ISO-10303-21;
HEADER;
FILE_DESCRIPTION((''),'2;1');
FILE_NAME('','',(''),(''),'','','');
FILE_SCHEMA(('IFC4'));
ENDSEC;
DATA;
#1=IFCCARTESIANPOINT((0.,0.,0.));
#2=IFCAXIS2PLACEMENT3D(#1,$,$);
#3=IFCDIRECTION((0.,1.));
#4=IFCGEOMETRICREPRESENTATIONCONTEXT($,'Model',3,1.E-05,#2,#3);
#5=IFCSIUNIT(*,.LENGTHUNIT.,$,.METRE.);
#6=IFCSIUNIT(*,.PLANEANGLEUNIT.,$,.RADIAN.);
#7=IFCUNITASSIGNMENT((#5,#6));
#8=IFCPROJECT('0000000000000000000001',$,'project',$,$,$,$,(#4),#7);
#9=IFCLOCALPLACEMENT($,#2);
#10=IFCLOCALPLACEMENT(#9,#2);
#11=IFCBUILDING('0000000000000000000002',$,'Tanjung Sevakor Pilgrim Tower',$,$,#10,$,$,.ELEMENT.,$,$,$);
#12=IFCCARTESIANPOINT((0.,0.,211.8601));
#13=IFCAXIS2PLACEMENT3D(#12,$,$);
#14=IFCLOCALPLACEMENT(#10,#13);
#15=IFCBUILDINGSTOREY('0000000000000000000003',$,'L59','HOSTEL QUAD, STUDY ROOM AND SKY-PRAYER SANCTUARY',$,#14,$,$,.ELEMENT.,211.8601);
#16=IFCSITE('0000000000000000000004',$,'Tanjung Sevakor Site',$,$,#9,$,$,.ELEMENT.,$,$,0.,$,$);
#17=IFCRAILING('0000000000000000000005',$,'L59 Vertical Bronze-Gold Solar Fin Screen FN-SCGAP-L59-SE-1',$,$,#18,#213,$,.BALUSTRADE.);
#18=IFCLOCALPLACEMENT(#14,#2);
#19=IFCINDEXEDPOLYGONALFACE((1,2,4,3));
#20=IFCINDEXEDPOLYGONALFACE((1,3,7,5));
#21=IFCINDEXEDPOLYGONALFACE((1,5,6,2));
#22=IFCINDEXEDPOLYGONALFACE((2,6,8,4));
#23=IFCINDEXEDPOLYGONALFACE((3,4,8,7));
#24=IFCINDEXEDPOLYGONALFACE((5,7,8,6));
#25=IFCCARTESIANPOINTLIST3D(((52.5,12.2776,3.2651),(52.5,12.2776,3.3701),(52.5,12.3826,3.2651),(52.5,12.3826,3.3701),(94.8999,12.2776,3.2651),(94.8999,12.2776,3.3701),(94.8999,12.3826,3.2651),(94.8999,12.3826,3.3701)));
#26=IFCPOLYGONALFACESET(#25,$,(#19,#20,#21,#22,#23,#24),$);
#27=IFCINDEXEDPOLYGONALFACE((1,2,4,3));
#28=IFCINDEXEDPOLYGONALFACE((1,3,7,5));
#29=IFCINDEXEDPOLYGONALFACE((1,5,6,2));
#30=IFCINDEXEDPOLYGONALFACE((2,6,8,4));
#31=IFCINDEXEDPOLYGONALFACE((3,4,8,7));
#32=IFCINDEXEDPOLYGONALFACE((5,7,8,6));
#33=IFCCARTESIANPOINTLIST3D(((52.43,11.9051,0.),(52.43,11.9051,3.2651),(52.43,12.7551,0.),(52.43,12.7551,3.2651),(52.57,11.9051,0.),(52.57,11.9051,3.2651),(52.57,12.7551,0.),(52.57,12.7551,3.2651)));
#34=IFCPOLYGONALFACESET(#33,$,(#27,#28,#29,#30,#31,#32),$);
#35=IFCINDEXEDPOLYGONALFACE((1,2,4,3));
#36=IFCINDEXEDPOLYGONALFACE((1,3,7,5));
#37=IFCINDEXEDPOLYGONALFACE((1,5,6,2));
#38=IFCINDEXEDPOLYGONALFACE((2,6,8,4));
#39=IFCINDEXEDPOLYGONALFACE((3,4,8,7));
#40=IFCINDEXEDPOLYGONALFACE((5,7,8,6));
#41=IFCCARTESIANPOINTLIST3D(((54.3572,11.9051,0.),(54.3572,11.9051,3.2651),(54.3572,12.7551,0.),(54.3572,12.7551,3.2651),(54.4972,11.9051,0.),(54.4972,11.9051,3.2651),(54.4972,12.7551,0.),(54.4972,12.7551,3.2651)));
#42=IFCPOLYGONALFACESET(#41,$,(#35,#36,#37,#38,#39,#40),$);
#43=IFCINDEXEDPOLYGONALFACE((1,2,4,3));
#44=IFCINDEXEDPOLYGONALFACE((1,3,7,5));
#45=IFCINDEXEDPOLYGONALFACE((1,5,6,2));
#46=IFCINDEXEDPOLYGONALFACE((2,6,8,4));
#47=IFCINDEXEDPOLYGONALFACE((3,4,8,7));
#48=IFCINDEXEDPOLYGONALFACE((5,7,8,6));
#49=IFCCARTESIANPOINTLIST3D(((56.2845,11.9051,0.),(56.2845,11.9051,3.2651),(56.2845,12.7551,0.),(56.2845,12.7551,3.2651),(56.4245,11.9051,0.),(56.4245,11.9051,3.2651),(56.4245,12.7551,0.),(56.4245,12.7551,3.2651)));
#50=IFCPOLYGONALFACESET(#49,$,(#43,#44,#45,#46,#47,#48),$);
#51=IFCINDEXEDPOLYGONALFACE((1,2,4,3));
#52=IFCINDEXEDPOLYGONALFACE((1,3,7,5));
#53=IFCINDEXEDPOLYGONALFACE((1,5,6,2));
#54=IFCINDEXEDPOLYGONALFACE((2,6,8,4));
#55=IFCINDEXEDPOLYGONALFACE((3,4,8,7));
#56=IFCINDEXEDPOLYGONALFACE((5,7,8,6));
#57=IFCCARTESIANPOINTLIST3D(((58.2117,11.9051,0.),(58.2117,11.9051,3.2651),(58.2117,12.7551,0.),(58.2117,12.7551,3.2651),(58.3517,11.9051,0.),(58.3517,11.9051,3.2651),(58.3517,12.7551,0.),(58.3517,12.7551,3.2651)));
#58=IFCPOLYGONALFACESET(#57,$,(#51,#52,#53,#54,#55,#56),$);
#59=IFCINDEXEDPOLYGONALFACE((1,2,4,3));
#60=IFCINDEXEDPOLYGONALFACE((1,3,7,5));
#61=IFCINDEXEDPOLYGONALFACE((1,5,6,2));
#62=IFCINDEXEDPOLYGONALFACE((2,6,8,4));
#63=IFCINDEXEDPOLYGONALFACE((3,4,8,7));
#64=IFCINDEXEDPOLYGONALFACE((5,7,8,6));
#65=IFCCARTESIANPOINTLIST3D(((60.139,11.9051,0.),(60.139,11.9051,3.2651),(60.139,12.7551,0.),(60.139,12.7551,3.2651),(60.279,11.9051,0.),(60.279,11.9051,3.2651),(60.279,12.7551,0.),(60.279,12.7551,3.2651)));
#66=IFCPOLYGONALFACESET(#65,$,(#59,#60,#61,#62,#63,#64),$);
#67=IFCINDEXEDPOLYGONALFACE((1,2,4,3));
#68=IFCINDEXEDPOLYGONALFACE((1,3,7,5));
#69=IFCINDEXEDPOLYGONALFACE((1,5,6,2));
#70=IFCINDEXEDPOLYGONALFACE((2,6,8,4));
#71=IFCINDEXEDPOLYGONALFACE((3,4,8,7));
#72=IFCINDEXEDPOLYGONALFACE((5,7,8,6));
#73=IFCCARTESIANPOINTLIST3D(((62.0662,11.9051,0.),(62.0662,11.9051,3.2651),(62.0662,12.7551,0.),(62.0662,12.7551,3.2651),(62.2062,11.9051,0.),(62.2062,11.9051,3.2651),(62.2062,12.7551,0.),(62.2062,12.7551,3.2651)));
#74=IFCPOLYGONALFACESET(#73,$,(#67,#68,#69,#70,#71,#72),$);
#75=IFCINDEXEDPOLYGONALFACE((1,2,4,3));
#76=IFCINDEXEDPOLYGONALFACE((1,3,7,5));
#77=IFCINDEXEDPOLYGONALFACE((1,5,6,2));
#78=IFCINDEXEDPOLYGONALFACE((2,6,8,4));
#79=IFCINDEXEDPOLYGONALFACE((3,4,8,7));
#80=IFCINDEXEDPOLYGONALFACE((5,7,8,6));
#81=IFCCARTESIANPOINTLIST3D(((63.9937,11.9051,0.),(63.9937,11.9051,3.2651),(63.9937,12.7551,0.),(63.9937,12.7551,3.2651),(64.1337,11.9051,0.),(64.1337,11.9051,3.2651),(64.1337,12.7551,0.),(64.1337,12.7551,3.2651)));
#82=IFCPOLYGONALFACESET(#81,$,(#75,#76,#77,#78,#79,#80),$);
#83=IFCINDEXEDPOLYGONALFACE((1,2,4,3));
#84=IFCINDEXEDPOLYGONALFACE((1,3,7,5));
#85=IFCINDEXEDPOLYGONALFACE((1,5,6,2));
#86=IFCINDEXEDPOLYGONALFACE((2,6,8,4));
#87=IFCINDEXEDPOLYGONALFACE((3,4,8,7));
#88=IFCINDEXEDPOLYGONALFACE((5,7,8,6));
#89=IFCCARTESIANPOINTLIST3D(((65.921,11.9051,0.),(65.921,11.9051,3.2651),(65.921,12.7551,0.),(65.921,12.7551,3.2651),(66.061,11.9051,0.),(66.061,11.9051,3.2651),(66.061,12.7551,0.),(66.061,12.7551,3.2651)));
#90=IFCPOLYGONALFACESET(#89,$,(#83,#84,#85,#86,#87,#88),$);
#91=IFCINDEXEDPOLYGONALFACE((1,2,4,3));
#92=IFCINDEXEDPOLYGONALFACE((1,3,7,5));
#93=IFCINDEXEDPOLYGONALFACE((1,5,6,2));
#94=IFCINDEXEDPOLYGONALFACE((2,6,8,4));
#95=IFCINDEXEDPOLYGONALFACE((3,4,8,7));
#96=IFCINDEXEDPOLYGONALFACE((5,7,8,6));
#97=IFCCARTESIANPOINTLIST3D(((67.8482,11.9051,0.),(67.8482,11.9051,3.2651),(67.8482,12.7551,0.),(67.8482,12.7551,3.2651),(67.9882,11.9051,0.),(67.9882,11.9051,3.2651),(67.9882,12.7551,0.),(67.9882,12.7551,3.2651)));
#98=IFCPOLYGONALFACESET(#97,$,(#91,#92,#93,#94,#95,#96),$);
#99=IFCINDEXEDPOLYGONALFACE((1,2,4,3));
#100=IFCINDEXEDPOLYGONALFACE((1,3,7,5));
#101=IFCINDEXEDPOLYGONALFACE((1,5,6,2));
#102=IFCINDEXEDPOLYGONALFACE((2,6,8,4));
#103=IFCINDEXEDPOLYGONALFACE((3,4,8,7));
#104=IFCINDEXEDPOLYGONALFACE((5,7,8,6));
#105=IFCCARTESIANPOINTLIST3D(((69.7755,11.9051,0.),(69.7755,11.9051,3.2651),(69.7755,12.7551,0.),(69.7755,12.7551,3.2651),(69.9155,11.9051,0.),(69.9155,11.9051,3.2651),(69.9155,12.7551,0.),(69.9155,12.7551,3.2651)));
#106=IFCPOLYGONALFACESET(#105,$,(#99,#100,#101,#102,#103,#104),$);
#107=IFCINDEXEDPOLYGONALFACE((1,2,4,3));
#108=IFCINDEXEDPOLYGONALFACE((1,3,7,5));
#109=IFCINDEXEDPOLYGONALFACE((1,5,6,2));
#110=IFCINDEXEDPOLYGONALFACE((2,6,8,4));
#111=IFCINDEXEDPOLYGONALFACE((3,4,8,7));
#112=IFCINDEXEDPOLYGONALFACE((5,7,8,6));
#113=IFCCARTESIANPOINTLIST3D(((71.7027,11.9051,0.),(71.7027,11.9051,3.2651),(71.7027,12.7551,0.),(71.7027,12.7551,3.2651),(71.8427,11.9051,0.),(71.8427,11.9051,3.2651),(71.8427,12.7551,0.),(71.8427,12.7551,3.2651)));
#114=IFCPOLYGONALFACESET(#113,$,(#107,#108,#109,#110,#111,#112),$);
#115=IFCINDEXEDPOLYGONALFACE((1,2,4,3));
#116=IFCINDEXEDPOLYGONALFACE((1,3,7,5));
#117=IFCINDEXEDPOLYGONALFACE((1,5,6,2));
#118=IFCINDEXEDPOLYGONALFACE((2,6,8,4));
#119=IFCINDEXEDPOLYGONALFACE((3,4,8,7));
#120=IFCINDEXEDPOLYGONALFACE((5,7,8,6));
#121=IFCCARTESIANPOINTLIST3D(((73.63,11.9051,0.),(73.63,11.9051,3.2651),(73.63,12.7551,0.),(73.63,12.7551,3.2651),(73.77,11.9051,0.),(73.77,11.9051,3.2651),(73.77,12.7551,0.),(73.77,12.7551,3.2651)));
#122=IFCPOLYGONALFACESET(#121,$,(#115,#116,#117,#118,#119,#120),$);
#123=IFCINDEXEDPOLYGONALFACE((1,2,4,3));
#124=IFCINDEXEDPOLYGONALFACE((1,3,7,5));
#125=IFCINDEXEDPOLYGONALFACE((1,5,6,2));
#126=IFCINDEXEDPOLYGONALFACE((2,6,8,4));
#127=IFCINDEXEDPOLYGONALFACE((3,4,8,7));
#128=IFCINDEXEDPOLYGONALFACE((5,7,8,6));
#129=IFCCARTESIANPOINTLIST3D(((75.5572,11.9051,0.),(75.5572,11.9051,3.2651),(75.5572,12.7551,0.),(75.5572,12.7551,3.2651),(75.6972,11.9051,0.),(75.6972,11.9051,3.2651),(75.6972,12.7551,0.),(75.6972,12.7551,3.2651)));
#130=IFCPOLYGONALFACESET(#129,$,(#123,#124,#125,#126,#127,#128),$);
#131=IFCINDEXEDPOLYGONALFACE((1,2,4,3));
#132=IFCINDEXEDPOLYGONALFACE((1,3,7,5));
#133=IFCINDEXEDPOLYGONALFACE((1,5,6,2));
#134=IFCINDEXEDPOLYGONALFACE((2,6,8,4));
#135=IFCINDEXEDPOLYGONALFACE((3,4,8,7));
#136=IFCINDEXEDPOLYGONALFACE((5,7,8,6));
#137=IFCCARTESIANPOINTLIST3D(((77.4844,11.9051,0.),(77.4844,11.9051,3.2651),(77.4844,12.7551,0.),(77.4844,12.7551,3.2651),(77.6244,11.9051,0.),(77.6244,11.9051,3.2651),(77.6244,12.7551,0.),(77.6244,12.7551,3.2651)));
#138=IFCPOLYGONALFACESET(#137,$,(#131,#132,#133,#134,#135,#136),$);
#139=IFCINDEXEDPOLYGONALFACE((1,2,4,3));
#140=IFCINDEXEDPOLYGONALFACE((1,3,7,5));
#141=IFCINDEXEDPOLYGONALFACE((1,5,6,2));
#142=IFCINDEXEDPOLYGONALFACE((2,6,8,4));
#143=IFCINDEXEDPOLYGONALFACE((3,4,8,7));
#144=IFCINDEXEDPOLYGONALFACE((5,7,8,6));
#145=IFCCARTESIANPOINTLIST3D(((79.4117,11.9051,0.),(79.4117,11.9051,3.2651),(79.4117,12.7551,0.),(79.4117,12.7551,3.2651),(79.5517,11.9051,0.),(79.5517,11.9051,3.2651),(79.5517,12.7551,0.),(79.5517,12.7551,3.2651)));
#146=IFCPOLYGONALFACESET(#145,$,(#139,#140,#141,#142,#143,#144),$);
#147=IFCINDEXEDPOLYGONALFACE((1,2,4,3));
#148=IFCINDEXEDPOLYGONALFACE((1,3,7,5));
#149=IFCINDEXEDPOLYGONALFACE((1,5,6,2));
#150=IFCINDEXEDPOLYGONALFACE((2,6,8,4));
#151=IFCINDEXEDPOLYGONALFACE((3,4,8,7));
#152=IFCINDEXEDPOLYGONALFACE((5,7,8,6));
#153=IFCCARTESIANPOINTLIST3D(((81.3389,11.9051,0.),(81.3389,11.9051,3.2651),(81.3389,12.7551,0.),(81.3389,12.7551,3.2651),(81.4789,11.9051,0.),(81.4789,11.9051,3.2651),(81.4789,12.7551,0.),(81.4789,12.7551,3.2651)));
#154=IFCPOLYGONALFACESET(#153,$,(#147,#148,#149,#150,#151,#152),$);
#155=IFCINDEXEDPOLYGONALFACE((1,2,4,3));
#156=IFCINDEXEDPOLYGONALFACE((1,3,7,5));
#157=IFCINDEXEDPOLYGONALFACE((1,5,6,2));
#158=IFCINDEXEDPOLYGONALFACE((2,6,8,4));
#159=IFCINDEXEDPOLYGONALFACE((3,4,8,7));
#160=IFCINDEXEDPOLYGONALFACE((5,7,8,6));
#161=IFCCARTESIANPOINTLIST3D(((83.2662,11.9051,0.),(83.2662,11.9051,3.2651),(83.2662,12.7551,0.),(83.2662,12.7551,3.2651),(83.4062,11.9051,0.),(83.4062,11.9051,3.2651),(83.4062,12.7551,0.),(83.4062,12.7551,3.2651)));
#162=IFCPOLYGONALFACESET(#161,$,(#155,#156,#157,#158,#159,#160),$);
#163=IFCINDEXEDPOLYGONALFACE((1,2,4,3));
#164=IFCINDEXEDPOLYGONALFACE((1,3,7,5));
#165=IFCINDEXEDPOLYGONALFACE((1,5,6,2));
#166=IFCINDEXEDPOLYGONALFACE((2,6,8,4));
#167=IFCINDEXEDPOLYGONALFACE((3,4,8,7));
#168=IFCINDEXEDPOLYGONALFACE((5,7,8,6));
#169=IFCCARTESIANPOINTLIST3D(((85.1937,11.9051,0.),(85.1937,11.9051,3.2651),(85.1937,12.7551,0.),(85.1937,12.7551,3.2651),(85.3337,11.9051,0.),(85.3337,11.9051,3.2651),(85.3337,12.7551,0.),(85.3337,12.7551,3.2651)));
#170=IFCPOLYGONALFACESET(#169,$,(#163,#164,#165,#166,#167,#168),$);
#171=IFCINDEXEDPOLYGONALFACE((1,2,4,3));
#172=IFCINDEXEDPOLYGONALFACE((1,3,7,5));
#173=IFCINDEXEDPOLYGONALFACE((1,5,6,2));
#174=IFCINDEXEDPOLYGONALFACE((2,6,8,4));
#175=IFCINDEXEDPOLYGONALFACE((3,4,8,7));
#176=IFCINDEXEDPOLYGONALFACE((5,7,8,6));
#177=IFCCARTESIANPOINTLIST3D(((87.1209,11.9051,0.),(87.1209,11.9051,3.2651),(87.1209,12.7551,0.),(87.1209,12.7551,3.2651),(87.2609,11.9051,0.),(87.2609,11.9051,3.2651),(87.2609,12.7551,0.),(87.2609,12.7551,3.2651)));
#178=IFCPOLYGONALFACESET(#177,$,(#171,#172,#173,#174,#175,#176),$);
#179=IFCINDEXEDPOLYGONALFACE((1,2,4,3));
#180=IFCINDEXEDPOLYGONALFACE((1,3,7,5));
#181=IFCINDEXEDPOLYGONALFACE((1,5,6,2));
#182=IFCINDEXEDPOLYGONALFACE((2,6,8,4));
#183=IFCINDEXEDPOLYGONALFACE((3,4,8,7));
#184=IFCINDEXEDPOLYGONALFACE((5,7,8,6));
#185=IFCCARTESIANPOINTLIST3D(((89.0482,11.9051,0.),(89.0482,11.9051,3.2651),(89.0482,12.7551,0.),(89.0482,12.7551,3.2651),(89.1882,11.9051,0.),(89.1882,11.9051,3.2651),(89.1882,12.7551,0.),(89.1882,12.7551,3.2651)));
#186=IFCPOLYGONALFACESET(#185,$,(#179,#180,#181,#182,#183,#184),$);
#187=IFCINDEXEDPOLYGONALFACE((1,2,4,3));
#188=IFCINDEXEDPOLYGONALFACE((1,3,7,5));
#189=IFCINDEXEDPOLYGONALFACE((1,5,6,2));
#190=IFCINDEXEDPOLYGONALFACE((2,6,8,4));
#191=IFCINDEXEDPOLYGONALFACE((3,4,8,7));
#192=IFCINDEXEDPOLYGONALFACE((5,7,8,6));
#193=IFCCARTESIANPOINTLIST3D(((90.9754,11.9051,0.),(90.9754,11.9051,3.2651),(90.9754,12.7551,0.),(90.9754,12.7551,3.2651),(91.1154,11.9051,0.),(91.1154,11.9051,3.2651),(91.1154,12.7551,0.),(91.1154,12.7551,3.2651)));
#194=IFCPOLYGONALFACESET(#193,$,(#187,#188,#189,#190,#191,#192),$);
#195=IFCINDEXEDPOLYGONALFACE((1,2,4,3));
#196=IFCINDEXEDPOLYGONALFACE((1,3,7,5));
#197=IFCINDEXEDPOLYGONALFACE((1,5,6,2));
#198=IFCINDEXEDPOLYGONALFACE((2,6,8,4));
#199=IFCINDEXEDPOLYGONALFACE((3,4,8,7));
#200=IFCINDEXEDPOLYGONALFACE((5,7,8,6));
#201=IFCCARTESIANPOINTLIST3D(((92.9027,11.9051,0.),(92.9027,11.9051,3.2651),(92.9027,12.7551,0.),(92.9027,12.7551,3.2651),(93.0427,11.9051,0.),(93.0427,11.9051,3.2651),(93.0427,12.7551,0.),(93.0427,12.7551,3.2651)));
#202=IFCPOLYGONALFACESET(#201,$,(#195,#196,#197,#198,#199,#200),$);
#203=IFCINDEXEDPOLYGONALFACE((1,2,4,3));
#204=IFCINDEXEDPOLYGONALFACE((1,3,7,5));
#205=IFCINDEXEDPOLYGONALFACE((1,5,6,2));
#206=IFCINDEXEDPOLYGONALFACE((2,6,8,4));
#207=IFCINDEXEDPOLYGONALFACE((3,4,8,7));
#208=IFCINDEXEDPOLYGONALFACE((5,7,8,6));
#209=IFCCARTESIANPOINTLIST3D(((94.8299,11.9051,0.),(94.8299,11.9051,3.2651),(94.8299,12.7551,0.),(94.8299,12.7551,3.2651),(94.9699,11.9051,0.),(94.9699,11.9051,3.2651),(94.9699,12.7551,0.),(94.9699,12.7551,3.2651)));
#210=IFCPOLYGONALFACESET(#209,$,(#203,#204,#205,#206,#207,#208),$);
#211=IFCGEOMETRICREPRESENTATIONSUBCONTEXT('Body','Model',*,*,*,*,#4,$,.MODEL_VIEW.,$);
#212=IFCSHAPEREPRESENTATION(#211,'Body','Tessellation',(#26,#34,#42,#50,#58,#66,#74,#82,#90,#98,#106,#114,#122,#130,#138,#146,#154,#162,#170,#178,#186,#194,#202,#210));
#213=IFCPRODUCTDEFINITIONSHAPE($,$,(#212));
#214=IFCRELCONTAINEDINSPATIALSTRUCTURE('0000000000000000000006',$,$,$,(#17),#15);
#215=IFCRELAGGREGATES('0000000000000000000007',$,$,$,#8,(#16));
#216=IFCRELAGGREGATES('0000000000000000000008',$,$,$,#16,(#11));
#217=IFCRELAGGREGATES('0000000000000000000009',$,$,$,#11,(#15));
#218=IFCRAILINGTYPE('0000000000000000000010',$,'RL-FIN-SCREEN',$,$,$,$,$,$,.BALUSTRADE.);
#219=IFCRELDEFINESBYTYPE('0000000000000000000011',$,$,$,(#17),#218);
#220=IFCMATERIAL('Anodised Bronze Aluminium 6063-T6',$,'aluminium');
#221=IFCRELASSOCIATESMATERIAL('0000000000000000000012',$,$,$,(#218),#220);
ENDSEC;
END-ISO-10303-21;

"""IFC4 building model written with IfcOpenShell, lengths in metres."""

from ifc_helpers import new_model, si_unit, direction, frame, origin, place, context, subcontext, project, spatial, rectangle, extrude, material, type_object, element, save


model = new_model("IFC4")

# Units and contexts
model_context = context("Model", 3, precision=1e-05, world=origin(), true_north=direction((0.0, 1.0)))
body_context = subcontext(model_context, "Body", "Model", "MODEL_VIEW")
ifc_project = project(units=[si_unit("LENGTHUNIT", "METRE"), si_unit("PLANEANGLEUNIT", "RADIAN")], contexts=[model_context])

# Site, building, storey
site_placement = place(None, origin())
site = spatial("IfcSite", under=ifc_project, at=site_placement, Name="Tanjung Sevakor Site", CompositionType="ELEMENT", RefElevation=0.0)
building_placement = place(site_placement, origin())
building = spatial("IfcBuilding", under=site, at=building_placement, Name="Tanjung Sevakor Pilgrim Tower", CompositionType="ELEMENT")
storey_placement = place(building_placement, frame((0.0, 0.0, 211.8601)))
storey = spatial("IfcBuildingStorey", under=building, at=storey_placement, Name="L59", Description="HOSTEL QUAD, STUDY ROOM AND SKY-PRAYER SANCTUARY", CompositionType="ELEMENT", Elevation=211.8601)

# Railing
ifc_material_1 = material(Name="Anodised Bronze Aluminium 6063-T6", Category="aluminium")
railing_type = type_object("IfcRailingType", Name="RL-FIN-SCREEN", PredefinedType="BALUSTRADE", material=ifc_material_1)
railing_placement = place(storey_placement, frame((52.5, 12.3301, 0.0)))
element("IfcRailing", 1, at=railing_placement, inside=storey, type_object=railing_type, Name="L59 Vertical Bronze-Gold Solar Fin Screen FN-SCGAP-L59-SE-1", PredefinedType="BALUSTRADE", context=body_context, shape_type="SweptSolid", body=[
    extrude(rectangle(XDim=0.105, YDim=0.105), frame((0.0, 0.0, 3.3176), z_axis=(1.0, 0.0, 0.0), x_axis=(0.0, 1.0, 0.0)), (0.0, 0.0, 1.0), 42.3999),
    extrude(rectangle(XDim=0.14, YDim=0.85), origin(), (0.0, 0.0, 1.0), 3.2651),
    extrude(rectangle(XDim=0.14, YDim=0.85), frame((1.9272, 0.0, 0.0)), (0.0, 0.0, 1.0), 3.2651),
    extrude(rectangle(XDim=0.14, YDim=0.85), frame((3.8545, 0.0, 0.0)), (0.0, 0.0, 1.0), 3.2651),
    extrude(rectangle(XDim=0.14, YDim=0.85), frame((5.7817, 0.0, 0.0)), (0.0, 0.0, 1.0), 3.2651),
    extrude(rectangle(XDim=0.14, YDim=0.85), frame((7.709, 0.0, 0.0)), (0.0, 0.0, 1.0), 3.2651),
    extrude(rectangle(XDim=0.14, YDim=0.85), frame((9.6362, 0.0, 0.0)), (0.0, 0.0, 1.0), 3.2651),
    extrude(rectangle(XDim=0.14, YDim=0.85), frame((11.5637, 0.0, 0.0)), (0.0, 0.0, 1.0), 3.2651),
    extrude(rectangle(XDim=0.14, YDim=0.85), frame((13.491, 0.0, 0.0)), (0.0, 0.0, 1.0), 3.2651),
    extrude(rectangle(XDim=0.14, YDim=0.85), frame((15.4182, 0.0, 0.0)), (0.0, 0.0, 1.0), 3.2651),
    extrude(rectangle(XDim=0.14, YDim=0.85), frame((17.3455, 0.0, 0.0)), (0.0, 0.0, 1.0), 3.2651),
    extrude(rectangle(XDim=0.14, YDim=0.85), frame((19.2727, 0.0, 0.0)), (0.0, 0.0, 1.0), 3.2651),
    extrude(rectangle(XDim=0.14, YDim=0.85), frame((21.2, 0.0, 0.0)), (0.0, 0.0, 1.0), 3.2651),
    extrude(rectangle(XDim=0.14, YDim=0.85), frame((23.1272, 0.0, 0.0)), (0.0, 0.0, 1.0), 3.2651),
    extrude(rectangle(XDim=0.14, YDim=0.85), frame((25.0544, 0.0, 0.0)), (0.0, 0.0, 1.0), 3.2651),
    extrude(rectangle(XDim=0.14, YDim=0.85), frame((26.9817, 0.0, 0.0)), (0.0, 0.0, 1.0), 3.2651),
    extrude(rectangle(XDim=0.14, YDim=0.85), frame((28.9089, 0.0, 0.0)), (0.0, 0.0, 1.0), 3.2651),
    extrude(rectangle(XDim=0.14, YDim=0.85), frame((30.8362, 0.0, 0.0)), (0.0, 0.0, 1.0), 3.2651),
    extrude(rectangle(XDim=0.14, YDim=0.85), frame((32.7637, 0.0, 0.0)), (0.0, 0.0, 1.0), 3.2651),
    extrude(rectangle(XDim=0.14, YDim=0.85), frame((34.6909, 0.0, 0.0)), (0.0, 0.0, 1.0), 3.2651),
    extrude(rectangle(XDim=0.14, YDim=0.85), frame((36.6182, 0.0, 0.0)), (0.0, 0.0, 1.0), 3.2651),
    extrude(rectangle(XDim=0.14, YDim=0.85), frame((38.5454, 0.0, 0.0)), (0.0, 0.0, 1.0), 3.2651),
    extrude(rectangle(XDim=0.14, YDim=0.85), frame((40.4727, 0.0, 0.0)), (0.0, 0.0, 1.0), 3.2651),
    extrude(rectangle(XDim=0.14, YDim=0.85), frame((42.3999, 0.0, 0.0)), (0.0, 0.0, 1.0), 3.2651),
])

save(model, "model.ifc")
